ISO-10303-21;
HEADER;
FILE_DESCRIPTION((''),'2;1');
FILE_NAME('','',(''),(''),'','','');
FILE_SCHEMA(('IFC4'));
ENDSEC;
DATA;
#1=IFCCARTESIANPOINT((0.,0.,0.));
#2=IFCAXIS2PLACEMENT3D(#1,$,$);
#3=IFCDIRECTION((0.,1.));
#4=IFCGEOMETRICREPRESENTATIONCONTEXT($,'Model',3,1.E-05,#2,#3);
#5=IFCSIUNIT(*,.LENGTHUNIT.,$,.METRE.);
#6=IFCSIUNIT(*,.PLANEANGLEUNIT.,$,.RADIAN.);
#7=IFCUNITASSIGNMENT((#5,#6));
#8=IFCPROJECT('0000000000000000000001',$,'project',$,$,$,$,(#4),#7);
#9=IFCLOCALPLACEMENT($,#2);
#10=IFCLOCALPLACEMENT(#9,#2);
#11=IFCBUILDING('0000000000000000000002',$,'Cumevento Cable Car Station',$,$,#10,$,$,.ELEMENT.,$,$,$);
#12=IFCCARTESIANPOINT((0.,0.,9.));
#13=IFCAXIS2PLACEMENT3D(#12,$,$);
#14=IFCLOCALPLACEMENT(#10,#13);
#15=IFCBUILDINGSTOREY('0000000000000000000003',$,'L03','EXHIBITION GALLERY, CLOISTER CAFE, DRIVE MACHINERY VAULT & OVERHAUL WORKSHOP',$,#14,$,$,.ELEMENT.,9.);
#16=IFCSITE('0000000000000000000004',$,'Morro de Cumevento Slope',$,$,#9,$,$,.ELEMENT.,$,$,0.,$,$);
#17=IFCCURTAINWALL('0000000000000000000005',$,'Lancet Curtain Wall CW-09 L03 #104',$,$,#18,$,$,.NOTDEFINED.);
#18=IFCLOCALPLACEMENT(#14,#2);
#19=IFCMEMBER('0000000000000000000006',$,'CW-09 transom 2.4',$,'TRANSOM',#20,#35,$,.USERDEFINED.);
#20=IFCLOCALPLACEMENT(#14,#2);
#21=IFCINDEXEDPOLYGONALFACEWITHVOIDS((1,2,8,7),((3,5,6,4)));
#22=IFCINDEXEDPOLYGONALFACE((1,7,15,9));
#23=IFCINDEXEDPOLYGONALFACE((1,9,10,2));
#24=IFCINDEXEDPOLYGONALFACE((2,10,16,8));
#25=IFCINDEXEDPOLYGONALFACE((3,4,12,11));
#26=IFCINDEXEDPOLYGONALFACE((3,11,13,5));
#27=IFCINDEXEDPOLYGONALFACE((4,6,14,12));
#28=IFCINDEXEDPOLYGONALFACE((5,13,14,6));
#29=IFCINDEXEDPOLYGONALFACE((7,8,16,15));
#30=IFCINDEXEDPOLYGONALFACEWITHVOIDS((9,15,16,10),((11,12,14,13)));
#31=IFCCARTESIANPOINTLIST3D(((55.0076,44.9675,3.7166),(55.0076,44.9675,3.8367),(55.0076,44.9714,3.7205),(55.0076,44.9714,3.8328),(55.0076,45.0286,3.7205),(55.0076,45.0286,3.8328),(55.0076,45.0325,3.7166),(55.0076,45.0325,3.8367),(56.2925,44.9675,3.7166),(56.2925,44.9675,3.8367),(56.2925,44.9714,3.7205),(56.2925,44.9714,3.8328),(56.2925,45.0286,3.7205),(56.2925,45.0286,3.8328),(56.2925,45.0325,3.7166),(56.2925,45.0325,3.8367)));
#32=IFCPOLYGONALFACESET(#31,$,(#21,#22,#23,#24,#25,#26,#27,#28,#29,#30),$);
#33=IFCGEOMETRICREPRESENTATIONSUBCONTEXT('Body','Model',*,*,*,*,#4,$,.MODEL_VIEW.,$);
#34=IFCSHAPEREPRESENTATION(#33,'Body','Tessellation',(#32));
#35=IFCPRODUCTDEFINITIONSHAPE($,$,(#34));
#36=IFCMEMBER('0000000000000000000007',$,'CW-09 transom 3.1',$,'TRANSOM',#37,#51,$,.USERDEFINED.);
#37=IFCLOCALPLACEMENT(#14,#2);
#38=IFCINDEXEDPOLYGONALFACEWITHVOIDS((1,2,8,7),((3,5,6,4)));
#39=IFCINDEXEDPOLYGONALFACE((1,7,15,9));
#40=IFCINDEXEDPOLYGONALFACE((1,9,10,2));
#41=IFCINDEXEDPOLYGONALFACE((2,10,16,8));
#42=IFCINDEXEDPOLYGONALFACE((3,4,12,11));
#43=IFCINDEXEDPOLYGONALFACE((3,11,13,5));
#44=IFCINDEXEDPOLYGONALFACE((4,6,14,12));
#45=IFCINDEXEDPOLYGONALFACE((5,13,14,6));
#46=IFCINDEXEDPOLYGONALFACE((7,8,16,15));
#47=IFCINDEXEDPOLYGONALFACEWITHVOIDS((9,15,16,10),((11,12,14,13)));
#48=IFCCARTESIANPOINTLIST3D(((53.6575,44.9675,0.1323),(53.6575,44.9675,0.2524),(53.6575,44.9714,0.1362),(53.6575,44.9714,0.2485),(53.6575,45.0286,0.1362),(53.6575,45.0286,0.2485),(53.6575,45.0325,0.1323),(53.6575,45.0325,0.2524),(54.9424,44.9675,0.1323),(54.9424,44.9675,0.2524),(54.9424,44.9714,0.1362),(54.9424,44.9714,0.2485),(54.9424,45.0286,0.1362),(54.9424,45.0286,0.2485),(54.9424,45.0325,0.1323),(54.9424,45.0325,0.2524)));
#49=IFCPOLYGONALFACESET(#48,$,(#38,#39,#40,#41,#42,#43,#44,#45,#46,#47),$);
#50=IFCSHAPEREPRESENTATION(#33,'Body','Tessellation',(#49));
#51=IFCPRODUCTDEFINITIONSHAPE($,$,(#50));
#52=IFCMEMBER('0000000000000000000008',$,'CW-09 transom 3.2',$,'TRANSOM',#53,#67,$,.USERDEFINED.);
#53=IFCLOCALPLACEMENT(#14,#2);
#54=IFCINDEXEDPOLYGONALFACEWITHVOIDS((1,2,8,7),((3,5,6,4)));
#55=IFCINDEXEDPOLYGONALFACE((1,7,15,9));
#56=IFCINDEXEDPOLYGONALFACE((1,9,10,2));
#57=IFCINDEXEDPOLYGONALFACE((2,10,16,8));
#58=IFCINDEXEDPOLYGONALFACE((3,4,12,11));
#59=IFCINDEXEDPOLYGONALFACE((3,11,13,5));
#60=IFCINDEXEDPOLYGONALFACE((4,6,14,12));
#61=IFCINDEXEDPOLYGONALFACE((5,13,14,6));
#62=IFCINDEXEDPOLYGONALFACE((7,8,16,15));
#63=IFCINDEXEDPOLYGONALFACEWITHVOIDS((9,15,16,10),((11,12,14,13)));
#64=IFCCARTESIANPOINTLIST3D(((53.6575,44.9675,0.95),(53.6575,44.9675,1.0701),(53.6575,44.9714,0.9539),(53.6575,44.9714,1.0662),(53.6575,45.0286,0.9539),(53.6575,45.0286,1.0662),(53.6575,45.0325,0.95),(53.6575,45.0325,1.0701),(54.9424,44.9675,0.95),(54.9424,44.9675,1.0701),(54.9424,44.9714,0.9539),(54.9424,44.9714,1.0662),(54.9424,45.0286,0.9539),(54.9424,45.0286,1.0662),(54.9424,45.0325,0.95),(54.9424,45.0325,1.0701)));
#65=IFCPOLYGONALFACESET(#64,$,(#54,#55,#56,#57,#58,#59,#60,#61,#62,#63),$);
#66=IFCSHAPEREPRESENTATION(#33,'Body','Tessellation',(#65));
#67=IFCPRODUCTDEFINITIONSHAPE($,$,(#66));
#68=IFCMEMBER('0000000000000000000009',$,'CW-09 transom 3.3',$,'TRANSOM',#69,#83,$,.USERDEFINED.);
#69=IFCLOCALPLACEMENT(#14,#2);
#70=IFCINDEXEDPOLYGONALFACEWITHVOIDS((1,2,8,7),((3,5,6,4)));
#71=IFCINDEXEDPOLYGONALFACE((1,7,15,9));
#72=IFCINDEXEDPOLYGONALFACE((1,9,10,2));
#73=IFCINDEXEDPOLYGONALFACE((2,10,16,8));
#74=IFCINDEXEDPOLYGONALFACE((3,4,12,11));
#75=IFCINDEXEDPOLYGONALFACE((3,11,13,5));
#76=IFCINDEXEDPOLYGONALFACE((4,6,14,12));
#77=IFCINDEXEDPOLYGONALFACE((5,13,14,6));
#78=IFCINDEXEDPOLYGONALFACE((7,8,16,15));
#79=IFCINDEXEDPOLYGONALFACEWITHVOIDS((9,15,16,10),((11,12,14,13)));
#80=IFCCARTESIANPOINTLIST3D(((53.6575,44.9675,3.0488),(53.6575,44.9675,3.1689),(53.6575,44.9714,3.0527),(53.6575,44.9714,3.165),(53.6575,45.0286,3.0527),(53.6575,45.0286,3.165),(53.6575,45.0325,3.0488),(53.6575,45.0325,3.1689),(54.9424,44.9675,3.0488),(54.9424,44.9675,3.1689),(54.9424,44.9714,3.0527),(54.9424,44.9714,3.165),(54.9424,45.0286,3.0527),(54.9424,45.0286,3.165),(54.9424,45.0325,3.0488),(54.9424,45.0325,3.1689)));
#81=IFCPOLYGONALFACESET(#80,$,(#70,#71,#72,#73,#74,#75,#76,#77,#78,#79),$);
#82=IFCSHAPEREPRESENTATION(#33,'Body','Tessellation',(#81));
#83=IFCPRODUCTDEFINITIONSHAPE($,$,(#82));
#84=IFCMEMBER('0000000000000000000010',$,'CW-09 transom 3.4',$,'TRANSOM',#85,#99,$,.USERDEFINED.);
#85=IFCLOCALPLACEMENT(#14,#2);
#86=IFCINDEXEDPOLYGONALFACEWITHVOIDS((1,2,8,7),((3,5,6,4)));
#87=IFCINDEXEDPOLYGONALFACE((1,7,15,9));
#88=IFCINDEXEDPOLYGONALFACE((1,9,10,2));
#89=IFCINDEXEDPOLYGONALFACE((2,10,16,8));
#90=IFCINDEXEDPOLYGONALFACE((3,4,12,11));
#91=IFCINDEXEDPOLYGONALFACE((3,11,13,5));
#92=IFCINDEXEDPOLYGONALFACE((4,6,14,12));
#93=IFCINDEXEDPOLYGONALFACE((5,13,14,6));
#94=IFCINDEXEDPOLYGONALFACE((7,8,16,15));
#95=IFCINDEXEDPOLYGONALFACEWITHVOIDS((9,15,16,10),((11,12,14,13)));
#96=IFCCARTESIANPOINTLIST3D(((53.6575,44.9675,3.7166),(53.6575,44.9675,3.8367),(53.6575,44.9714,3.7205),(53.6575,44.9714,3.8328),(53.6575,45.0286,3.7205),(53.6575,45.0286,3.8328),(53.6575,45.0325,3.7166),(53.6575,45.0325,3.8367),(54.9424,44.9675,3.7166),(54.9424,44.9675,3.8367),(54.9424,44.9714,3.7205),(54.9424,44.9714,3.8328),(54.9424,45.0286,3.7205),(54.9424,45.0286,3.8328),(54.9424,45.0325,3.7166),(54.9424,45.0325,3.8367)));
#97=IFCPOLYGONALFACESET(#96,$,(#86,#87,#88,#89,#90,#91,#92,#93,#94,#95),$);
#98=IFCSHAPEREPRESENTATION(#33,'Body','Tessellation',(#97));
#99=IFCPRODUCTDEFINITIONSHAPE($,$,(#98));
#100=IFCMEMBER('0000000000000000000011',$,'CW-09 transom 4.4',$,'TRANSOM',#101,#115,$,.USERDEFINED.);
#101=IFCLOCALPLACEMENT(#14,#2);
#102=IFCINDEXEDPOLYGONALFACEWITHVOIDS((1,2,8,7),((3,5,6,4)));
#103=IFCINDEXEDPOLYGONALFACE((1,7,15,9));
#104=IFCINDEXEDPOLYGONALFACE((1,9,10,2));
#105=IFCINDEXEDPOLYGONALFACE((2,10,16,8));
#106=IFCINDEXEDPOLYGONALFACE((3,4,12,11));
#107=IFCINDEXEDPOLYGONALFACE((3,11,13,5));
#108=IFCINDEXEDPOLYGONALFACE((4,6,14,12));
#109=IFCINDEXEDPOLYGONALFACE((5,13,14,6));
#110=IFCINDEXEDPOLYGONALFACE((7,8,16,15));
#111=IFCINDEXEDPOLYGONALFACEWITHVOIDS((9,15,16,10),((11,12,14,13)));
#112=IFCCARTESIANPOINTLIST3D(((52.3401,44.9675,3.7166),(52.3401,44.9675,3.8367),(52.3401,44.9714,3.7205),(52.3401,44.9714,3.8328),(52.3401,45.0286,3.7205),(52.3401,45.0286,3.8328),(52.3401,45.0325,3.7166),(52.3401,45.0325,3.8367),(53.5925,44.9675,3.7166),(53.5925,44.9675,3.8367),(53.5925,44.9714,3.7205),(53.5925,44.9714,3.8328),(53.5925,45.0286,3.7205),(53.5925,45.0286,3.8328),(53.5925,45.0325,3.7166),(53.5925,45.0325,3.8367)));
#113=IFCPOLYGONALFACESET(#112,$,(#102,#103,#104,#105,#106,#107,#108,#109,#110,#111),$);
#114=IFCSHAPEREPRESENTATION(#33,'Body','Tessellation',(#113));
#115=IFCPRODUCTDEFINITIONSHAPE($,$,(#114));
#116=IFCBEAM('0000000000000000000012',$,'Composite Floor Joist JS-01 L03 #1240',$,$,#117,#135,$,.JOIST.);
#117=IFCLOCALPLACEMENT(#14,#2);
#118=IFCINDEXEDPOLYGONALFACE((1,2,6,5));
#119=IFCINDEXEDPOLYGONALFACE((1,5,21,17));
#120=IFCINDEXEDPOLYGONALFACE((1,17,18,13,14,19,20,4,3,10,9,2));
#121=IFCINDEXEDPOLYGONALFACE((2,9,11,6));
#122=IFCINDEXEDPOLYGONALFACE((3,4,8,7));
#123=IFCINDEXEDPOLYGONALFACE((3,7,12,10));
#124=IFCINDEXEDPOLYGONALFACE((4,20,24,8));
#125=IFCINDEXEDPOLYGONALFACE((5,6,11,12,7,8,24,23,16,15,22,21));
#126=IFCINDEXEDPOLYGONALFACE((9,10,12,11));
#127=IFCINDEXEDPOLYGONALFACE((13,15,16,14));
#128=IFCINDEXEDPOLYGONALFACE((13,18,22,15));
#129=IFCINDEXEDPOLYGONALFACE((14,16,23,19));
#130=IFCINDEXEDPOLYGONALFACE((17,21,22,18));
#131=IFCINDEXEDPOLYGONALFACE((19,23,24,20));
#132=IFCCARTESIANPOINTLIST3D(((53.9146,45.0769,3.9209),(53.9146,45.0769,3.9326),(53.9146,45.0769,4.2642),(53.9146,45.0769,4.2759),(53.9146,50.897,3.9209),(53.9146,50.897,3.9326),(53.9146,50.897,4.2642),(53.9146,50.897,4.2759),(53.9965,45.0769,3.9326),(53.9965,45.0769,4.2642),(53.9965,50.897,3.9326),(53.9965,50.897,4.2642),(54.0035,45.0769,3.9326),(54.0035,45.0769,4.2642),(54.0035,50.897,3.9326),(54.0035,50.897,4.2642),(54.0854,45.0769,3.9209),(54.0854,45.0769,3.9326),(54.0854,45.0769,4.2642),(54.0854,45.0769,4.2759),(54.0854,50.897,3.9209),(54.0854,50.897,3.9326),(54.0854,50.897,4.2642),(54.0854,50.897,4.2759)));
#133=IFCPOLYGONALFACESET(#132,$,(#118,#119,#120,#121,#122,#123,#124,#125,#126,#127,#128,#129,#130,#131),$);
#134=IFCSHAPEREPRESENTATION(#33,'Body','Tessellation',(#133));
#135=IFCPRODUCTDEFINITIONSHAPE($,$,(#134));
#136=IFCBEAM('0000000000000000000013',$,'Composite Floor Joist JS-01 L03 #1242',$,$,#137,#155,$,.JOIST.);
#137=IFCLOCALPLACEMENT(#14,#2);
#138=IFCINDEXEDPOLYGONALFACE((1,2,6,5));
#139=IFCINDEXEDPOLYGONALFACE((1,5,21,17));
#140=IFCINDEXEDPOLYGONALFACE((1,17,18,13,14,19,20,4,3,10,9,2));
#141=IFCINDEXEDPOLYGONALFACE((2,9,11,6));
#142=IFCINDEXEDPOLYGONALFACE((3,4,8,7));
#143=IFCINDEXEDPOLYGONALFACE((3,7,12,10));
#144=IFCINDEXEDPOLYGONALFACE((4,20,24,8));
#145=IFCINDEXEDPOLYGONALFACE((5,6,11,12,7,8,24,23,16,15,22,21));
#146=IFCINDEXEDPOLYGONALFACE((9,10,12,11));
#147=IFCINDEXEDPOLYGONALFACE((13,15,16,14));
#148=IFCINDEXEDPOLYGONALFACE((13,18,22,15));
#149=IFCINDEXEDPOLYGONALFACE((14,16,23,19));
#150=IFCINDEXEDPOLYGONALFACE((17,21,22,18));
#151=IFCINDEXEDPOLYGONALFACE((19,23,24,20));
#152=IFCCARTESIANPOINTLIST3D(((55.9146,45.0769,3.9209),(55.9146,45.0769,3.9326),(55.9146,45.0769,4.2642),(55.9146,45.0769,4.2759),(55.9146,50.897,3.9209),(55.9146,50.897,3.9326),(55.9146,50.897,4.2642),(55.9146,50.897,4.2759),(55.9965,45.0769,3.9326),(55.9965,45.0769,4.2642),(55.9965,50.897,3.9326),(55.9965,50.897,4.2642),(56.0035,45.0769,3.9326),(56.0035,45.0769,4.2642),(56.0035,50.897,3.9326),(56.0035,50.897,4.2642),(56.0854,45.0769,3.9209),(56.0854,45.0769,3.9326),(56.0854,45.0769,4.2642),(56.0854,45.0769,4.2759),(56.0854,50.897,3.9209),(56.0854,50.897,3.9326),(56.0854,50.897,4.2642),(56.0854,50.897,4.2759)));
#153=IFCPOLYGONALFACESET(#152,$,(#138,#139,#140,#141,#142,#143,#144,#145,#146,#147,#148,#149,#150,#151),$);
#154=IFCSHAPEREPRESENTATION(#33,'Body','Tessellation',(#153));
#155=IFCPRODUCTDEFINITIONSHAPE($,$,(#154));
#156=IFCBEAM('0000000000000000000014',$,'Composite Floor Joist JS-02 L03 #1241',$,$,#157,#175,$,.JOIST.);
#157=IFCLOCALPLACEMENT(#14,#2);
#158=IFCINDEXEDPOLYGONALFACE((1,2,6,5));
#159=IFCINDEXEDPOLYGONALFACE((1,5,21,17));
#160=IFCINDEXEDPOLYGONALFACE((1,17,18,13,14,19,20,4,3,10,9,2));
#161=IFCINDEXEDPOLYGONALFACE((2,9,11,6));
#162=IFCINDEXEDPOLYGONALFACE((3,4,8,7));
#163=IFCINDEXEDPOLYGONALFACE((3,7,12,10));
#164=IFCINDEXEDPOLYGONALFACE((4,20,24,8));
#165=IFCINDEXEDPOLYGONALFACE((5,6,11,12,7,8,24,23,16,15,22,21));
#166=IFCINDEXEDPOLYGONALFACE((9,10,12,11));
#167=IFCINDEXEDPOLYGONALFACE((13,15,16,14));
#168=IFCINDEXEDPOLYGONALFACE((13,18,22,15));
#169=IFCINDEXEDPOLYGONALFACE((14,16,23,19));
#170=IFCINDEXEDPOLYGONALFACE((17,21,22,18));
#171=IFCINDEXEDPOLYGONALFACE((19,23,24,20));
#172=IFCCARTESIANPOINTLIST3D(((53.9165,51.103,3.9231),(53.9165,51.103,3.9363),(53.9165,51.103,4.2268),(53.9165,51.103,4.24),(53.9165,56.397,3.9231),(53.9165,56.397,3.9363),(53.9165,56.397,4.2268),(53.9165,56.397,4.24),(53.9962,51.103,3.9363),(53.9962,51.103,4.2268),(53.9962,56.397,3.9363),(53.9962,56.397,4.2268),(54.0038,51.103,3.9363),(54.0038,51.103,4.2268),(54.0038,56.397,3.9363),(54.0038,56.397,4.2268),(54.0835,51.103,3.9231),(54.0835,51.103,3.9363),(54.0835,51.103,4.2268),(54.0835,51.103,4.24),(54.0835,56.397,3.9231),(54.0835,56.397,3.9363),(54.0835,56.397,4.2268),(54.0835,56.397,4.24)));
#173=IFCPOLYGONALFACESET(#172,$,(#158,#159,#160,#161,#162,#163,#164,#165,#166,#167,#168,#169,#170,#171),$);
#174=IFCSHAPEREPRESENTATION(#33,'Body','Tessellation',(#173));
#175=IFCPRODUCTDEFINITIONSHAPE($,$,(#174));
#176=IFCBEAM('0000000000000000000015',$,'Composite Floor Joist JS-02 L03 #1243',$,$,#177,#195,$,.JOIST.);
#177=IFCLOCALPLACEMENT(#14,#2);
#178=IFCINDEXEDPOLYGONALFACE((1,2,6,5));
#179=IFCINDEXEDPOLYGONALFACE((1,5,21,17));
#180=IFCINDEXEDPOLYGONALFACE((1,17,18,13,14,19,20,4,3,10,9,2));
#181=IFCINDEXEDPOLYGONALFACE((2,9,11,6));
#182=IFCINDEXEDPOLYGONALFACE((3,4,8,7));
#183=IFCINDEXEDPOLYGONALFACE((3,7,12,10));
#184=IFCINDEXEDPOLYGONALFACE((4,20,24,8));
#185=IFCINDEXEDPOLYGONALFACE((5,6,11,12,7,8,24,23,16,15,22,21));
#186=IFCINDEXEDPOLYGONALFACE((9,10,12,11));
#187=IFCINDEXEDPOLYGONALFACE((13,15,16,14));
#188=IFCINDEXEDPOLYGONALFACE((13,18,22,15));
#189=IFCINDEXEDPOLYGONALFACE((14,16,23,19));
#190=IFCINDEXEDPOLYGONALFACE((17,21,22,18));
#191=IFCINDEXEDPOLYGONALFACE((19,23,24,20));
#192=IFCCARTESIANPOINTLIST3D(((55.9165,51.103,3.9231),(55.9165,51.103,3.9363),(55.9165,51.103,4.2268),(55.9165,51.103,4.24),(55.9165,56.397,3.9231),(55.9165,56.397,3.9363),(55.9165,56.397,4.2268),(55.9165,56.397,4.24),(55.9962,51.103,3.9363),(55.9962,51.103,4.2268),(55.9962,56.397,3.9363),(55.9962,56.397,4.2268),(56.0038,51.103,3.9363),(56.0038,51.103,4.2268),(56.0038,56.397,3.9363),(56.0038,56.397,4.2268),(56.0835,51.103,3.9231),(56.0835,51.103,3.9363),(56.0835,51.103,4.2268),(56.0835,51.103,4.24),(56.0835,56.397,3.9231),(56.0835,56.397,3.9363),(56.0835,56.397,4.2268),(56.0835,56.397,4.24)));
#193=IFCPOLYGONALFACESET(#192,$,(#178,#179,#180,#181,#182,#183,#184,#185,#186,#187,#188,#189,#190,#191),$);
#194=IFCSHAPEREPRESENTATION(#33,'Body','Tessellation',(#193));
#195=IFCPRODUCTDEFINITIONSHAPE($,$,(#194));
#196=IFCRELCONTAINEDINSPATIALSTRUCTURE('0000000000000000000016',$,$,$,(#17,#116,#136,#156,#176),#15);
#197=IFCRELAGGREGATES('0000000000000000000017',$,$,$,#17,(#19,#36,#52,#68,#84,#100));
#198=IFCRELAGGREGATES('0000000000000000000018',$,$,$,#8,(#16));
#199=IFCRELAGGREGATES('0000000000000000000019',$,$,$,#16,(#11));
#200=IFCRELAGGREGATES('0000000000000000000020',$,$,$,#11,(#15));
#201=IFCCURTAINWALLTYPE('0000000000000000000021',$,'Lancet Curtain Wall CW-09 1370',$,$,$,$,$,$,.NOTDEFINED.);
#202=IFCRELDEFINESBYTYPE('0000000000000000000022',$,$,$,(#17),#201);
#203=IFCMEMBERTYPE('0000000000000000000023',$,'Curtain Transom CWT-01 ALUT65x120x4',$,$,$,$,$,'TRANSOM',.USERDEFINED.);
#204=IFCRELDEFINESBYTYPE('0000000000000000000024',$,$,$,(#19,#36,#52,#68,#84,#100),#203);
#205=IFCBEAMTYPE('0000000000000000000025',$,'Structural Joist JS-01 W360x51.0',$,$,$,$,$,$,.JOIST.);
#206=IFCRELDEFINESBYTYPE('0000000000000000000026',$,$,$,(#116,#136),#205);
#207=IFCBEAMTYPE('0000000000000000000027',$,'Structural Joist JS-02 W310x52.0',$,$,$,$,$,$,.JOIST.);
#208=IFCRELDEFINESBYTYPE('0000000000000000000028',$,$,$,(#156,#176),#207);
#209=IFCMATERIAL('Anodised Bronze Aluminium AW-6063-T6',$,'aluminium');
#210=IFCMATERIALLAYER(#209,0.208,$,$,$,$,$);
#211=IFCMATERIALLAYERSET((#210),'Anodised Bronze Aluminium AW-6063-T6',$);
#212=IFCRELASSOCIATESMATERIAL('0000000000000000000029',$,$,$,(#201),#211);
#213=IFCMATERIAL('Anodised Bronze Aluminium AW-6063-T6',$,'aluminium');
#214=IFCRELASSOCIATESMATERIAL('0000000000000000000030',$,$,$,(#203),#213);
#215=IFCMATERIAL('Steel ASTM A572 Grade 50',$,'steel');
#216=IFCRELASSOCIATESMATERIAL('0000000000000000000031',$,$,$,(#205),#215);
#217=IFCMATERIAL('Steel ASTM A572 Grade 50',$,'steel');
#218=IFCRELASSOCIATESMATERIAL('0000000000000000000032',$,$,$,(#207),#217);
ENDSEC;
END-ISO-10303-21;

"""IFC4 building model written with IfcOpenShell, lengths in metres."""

from ifc_helpers import new_model, si_unit, direction, frame, origin, origin_2d, place, context, subcontext, project, spatial, hollow_rectangle, i_section, extrude, material, layer, layer_set, material_profile, profile_set, type_object, element, aggregate, save


model = new_model("IFC4")

# Units and contexts
model_context = context("Model", 3, precision=1e-05, world=origin(), true_north=direction((0.0, 1.0)))
body_context = subcontext(model_context, "Body", "Model", "MODEL_VIEW")
ifc_project = project(units=[si_unit("LENGTHUNIT", "METRE"), si_unit("PLANEANGLEUNIT", "RADIAN")], contexts=[model_context])

# Site, building, storey
site_placement = place(None, origin())
site = spatial("IfcSite", under=ifc_project, at=site_placement, Name="Morro de Cumevento Slope", CompositionType="ELEMENT", RefElevation=0.0)
building_placement = place(site_placement, origin())
building = spatial("IfcBuilding", under=site, at=building_placement, Name="Cumevento Cable Car Station", CompositionType="ELEMENT")
storey_placement = place(building_placement, frame((0.0, 0.0, 9.0)))
storey = spatial("IfcBuildingStorey", under=building, at=storey_placement, Name="L03", Description="EXHIBITION GALLERY, CLOISTER CAFE, DRIVE MACHINERY VAULT & OVERHAUL WORKSHOP", CompositionType="ELEMENT", Elevation=9.0)

# Curtain wall, members
ifc_material_1 = material(Name="Anodised Bronze Aluminium AW-6063-T6", Category="aluminium")
ifc_layer_1 = layer(ifc_material_1, 0.208)
ifc_layer_set_1 = layer_set([ifc_layer_1], Name="Anodised Bronze Aluminium AW-6063-T6")
curtain_wall_type = type_object("IfcCurtainWallType", Name="Lancet Curtain Wall CW-09 1370", PredefinedType="NOTDEFINED", material=ifc_layer_set_1)
curtain_wall_placement = place(storey_placement, origin())
curtain_wall = element("IfcCurtainWall", 1, at=curtain_wall_placement, inside=storey, type_object=curtain_wall_type, Name="Lancet Curtain Wall CW-09 L03 #104", PredefinedType="NOTDEFINED")
ifc_material_2 = material(Name="Anodised Bronze Aluminium AW-6063-T6", Category="aluminium")
ifc_material_profile_1 = material_profile(ifc_material_2, hollow_rectangle(XDim=0.0649, YDim=0.1201, WallThickness=0.0039, at=origin_2d()), Name="ALUT65x120x4")
ifc_profile_set_1 = profile_set([ifc_material_profile_1], Name="Anodised Bronze Aluminium AW-6063-T6")
member_type_1 = type_object("IfcMemberType", Name="Curtain Transom CWT-01 ALUT65x120x4", ElementType="TRANSOM", PredefinedType="USERDEFINED", material=ifc_profile_set_1)
member_1_placement = place(storey_placement, frame((56.2925, 45.0, 3.7766), z_axis=(-1.0, 0.0, 0.0), x_axis=(0.0, -1.0, 0.0)))
member_1 = element("IfcMember", 2, at=member_1_placement, type_object=member_type_1, Name="CW-09 transom 2.4", ObjectType="TRANSOM", PredefinedType="USERDEFINED", context=body_context, shape_type="SweptSolid", body=[
    extrude(hollow_rectangle(XDim=0.0649, YDim=0.1201, WallThickness=0.0039, at=origin_2d()), origin(), (0.0, 0.0, 1.0), 1.2849),
])
member_2_placement = place(storey_placement, frame((54.9424, 45.0, 0.1924), z_axis=(-1.0, 0.0, 0.0), x_axis=(0.0, -1.0, 0.0)))
member_2 = element("IfcMember", 3, at=member_2_placement, type_object=member_type_1, Name="CW-09 transom 3.1", ObjectType="TRANSOM", PredefinedType="USERDEFINED", context=body_context, shape_type="SweptSolid", body=[
    extrude(hollow_rectangle(XDim=0.0649, YDim=0.1201, WallThickness=0.0039, at=origin_2d()), origin(), (0.0, 0.0, 1.0), 1.2849),
])
member_3_placement = place(storey_placement, frame((54.9424, 45.0, 1.01), z_axis=(-1.0, 0.0, 0.0), x_axis=(0.0, -1.0, 0.0)))
member_3 = element("IfcMember", 4, at=member_3_placement, type_object=member_type_1, Name="CW-09 transom 3.2", ObjectType="TRANSOM", PredefinedType="USERDEFINED", context=body_context, shape_type="SweptSolid", body=[
    extrude(hollow_rectangle(XDim=0.0649, YDim=0.1201, WallThickness=0.0039, at=origin_2d()), origin(), (0.0, 0.0, 1.0), 1.2849),
])
member_4_placement = place(storey_placement, frame((54.9424, 45.0, 3.1089), z_axis=(-1.0, 0.0, 0.0), x_axis=(0.0, -1.0, 0.0)))
member_4 = element("IfcMember", 5, at=member_4_placement, type_object=member_type_1, Name="CW-09 transom 3.3", ObjectType="TRANSOM", PredefinedType="USERDEFINED", context=body_context, shape_type="SweptSolid", body=[
    extrude(hollow_rectangle(XDim=0.0649, YDim=0.1201, WallThickness=0.0039, at=origin_2d()), origin(), (0.0, 0.0, 1.0), 1.2849),
])
member_5_placement = place(storey_placement, frame((54.9424, 45.0, 3.7766), z_axis=(-1.0, 0.0, 0.0), x_axis=(0.0, -1.0, 0.0)))
member_5 = element("IfcMember", 6, at=member_5_placement, type_object=member_type_1, Name="CW-09 transom 3.4", ObjectType="TRANSOM", PredefinedType="USERDEFINED", context=body_context, shape_type="SweptSolid", body=[
    extrude(hollow_rectangle(XDim=0.0649, YDim=0.1201, WallThickness=0.0039, at=origin_2d()), origin(), (0.0, 0.0, 1.0), 1.2849),
])
member_6_placement = place(storey_placement, frame((53.5925, 45.0, 3.7766), z_axis=(-1.0, 0.0, 0.0), x_axis=(0.0, -1.0, 0.0)))
member_6 = element("IfcMember", 7, at=member_6_placement, type_object=member_type_1, Name="CW-09 transom 4.4", ObjectType="TRANSOM", PredefinedType="USERDEFINED", context=body_context, shape_type="SweptSolid", body=[
    extrude(hollow_rectangle(XDim=0.0649, YDim=0.1201, WallThickness=0.0039, at=origin_2d()), origin(), (0.0, 0.0, 1.0), 1.2524),
])

# Beams
ifc_material_3 = material(Name="Steel ASTM A572 Grade 50", Category="steel")
ifc_material_profile_2 = material_profile(ifc_material_3, i_section(OverallWidth=0.1709, OverallDepth=0.355, WebThickness=0.0071, FlangeThickness=0.0117, at=origin_2d()), Name="W360x51.0")
ifc_profile_set_2 = profile_set([ifc_material_profile_2], Name="Steel ASTM A572 Grade 50")
beam_type_1 = type_object("IfcBeamType", Name="Structural Joist JS-01 W360x51.0", PredefinedType="JOIST", material=ifc_profile_set_2)
for number, where, z_axis, x_axis, name in (
    (8, (54.0, 45.0769, 4.0984), (0.0, 1.0, 0.0), (-1.0, 0.0, 0.0), "Composite Floor Joist JS-01 L03 #1240"),
    (9, (56.0, 45.0769, 4.0984), (0.0, 1.0, 0.0), (-1.0, 0.0, 0.0), "Composite Floor Joist JS-01 L03 #1242"),
):
    element("IfcBeam", number, at=place(storey_placement, frame(where, z_axis=z_axis, x_axis=x_axis)), inside=storey, type_object=beam_type_1, Name=name, PredefinedType="JOIST", context=body_context, shape_type="SweptSolid", body=[
        extrude(i_section(OverallWidth=0.1709, OverallDepth=0.355, WebThickness=0.0071, FlangeThickness=0.0117, at=origin_2d()), origin(), (0.0, 0.0, 1.0), 5.8201),
    ])
ifc_material_4 = material(Name="Steel ASTM A572 Grade 50", Category="steel")
ifc_material_profile_3 = material_profile(ifc_material_4, i_section(OverallWidth=0.167, OverallDepth=0.3169, WebThickness=0.0076, FlangeThickness=0.0132, at=origin_2d()), Name="W310x52.0")
ifc_profile_set_3 = profile_set([ifc_material_profile_3], Name="Steel ASTM A572 Grade 50")
beam_type_2 = type_object("IfcBeamType", Name="Structural Joist JS-02 W310x52.0", PredefinedType="JOIST", material=ifc_profile_set_3)
for number, where, z_axis, x_axis, name in (
    (10, (54.0, 51.103, 4.0815), (0.0, 1.0, 0.0), (-1.0, 0.0, 0.0), "Composite Floor Joist JS-02 L03 #1241"),
    (11, (56.0, 51.103, 4.0815), (0.0, 1.0, 0.0), (-1.0, 0.0, 0.0), "Composite Floor Joist JS-02 L03 #1243"),
):
    element("IfcBeam", number, at=place(storey_placement, frame(where, z_axis=z_axis, x_axis=x_axis)), inside=storey, type_object=beam_type_2, Name=name, PredefinedType="JOIST", context=body_context, shape_type="SweptSolid", body=[
        extrude(i_section(OverallWidth=0.167, OverallDepth=0.3169, WebThickness=0.0076, FlangeThickness=0.0132, at=origin_2d()), origin(), (0.0, 0.0, 1.0), 5.2939),
    ])

aggregate(curtain_wall, [member_1, member_2, member_3, member_4, member_5, member_6])

save(model, "model.ifc")
